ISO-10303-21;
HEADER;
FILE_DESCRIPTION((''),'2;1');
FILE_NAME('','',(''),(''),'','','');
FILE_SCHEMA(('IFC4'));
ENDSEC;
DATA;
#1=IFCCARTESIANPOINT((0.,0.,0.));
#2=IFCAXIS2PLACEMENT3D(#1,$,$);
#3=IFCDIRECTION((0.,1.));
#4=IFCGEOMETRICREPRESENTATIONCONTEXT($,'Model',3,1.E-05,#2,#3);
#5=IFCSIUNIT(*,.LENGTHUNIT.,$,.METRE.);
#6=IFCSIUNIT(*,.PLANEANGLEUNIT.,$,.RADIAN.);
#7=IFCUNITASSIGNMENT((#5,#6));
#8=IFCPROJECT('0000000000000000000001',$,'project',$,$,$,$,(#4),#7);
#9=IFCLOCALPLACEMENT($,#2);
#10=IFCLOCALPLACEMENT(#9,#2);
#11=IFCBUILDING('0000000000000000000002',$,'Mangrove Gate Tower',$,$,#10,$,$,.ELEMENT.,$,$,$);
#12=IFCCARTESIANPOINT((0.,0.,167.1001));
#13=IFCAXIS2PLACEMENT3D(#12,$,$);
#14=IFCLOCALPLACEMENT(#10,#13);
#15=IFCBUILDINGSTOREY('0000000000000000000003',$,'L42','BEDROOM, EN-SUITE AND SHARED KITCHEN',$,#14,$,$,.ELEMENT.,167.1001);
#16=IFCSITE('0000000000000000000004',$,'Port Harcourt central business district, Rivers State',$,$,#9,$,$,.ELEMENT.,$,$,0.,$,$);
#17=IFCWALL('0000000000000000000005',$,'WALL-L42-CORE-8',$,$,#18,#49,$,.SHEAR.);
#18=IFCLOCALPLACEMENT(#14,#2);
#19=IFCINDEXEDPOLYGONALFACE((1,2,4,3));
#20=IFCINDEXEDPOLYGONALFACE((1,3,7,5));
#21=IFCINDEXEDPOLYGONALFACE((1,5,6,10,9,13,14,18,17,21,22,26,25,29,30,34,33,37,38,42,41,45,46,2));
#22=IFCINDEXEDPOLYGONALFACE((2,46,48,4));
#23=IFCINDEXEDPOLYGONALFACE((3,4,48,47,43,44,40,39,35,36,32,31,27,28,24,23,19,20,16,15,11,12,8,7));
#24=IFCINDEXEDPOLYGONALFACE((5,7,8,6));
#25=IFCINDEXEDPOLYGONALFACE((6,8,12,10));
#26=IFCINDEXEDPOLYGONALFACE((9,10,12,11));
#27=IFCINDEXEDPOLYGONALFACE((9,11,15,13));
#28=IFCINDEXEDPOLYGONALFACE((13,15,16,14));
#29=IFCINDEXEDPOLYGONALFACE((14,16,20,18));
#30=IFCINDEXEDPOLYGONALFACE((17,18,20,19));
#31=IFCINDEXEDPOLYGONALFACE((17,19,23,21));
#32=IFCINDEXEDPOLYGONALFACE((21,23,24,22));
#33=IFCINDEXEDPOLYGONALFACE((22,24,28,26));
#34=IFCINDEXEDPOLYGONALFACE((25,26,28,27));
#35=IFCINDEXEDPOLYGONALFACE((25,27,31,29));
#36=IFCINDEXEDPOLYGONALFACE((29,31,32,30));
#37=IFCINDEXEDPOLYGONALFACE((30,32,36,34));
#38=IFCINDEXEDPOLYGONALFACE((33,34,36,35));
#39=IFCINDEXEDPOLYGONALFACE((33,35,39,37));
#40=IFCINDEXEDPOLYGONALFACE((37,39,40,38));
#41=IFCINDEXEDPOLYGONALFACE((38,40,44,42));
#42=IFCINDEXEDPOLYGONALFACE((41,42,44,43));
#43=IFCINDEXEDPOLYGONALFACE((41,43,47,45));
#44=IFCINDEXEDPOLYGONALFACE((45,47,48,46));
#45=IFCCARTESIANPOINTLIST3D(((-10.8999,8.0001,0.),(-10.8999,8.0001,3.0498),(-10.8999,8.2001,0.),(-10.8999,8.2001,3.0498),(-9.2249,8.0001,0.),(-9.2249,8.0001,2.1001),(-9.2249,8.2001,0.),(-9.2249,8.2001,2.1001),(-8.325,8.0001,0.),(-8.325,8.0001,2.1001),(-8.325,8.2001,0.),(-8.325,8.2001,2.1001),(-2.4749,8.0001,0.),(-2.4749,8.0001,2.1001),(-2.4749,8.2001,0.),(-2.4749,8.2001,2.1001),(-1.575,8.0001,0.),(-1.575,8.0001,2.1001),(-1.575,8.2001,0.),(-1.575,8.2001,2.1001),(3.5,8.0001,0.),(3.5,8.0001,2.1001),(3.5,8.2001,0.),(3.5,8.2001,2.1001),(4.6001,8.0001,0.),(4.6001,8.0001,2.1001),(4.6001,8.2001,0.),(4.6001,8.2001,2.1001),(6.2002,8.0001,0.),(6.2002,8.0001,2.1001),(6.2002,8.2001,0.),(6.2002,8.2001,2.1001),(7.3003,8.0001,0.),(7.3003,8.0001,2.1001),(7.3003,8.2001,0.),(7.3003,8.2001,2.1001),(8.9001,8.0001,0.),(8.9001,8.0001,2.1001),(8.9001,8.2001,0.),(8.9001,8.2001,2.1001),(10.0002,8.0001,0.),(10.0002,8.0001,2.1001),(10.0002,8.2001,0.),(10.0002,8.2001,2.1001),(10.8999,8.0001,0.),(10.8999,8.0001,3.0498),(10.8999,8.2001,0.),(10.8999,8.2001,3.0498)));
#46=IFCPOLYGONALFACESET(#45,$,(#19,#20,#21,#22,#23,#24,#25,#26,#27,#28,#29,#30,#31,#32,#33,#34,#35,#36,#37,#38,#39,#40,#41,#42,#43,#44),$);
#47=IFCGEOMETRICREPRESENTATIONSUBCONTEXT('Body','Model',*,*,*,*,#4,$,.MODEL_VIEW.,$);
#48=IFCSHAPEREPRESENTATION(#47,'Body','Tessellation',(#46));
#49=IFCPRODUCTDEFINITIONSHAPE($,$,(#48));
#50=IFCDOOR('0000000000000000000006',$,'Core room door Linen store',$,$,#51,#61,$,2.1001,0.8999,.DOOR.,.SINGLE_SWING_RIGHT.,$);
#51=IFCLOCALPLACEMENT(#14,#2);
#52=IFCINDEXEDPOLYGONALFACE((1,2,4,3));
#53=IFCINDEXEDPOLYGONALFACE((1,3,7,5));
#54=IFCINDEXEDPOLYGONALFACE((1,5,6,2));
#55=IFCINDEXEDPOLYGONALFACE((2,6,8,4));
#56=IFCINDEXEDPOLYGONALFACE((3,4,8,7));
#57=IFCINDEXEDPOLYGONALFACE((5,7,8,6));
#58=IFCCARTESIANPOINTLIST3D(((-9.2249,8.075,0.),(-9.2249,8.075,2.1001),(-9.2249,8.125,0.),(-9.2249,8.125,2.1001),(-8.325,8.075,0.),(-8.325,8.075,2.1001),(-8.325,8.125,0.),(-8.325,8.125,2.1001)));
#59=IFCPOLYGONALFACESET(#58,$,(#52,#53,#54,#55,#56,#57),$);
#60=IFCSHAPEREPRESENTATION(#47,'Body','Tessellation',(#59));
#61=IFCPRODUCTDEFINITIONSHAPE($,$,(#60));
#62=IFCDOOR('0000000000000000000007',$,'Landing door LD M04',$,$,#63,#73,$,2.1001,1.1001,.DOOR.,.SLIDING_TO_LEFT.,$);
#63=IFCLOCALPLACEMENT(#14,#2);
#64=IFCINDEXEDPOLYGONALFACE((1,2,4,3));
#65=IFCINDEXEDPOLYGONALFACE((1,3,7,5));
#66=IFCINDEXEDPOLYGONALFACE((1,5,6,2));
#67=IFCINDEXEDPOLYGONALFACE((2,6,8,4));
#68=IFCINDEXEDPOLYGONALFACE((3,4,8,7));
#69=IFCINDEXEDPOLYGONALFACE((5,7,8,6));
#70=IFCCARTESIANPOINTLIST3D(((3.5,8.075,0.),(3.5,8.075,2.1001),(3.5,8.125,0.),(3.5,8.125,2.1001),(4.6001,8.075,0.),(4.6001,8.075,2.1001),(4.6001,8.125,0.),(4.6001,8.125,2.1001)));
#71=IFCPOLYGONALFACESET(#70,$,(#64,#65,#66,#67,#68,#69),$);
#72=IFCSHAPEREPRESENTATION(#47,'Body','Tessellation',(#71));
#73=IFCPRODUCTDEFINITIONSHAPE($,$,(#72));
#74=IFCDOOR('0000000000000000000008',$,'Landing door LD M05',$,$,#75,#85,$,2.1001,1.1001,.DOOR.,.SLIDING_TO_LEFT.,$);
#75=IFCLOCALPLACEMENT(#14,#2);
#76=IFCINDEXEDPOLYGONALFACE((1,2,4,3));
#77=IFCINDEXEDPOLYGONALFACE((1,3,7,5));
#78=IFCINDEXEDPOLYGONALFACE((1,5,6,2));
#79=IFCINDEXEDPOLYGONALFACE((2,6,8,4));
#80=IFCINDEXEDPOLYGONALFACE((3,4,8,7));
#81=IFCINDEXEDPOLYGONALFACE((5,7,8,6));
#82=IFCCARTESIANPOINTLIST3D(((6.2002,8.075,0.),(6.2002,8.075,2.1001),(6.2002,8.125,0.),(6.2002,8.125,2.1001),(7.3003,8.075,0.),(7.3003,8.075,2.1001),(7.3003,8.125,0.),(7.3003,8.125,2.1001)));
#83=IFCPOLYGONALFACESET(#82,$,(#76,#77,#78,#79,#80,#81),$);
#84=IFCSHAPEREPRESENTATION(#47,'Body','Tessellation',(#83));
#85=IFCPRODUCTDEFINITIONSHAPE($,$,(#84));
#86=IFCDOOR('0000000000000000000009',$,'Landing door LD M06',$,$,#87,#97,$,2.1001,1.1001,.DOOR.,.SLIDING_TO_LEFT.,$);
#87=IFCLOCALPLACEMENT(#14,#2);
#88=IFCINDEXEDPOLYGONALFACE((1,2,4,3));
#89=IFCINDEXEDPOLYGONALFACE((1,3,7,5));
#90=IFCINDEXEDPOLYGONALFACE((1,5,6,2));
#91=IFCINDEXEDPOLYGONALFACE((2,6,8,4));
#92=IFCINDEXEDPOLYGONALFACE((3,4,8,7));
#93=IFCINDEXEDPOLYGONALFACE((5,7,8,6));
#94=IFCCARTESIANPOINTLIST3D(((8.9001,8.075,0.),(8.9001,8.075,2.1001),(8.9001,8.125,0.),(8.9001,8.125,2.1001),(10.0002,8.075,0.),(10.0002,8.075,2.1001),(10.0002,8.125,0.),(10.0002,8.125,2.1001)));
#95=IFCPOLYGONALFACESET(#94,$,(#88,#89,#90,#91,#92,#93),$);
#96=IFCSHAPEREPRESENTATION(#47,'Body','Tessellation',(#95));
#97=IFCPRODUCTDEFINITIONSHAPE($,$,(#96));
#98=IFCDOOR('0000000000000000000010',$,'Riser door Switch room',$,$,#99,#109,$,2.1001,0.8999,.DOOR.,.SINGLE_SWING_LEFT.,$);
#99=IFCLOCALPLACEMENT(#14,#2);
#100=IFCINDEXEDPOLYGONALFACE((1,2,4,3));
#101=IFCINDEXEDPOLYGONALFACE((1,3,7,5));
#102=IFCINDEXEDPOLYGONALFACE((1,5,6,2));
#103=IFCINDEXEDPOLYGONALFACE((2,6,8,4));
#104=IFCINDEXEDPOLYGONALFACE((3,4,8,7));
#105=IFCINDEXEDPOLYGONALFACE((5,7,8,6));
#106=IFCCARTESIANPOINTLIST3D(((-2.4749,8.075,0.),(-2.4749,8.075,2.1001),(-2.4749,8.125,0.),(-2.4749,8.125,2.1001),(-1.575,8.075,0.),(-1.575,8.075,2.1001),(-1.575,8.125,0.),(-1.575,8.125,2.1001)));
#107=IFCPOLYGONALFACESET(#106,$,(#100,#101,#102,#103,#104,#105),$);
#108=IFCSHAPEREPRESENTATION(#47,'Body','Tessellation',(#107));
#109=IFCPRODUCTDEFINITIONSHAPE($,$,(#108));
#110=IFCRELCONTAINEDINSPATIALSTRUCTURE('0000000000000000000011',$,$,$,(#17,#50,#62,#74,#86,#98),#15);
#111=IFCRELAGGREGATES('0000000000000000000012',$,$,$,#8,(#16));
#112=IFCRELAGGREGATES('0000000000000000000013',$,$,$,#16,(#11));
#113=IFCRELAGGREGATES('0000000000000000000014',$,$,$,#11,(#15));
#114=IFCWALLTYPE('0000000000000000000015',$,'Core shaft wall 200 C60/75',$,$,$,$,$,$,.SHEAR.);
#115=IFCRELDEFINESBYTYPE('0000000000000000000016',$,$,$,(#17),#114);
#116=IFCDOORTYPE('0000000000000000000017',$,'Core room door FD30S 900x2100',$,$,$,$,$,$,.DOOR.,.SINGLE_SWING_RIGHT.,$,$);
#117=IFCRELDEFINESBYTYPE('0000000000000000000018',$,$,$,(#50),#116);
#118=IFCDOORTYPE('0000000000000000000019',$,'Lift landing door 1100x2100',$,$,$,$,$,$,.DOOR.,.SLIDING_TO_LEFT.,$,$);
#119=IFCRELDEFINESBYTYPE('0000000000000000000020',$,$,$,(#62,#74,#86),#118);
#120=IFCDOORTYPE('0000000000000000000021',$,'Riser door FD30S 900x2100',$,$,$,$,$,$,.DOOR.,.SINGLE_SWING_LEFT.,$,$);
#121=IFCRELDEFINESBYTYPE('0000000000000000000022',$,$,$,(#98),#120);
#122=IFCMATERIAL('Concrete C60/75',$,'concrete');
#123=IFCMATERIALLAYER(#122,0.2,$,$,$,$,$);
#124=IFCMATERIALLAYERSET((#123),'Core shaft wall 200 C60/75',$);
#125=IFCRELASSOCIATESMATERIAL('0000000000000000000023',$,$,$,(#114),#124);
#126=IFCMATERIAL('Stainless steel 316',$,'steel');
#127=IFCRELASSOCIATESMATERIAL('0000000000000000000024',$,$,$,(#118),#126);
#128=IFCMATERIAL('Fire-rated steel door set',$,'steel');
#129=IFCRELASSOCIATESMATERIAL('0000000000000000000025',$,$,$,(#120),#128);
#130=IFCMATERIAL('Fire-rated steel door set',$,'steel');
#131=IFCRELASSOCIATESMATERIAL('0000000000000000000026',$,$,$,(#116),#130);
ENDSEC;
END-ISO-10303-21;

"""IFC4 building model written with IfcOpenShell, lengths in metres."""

from ifc_helpers import new_model, si_unit, direction, frame, frame_2d, origin, place, context, subcontext, project, spatial, rectangle, extrude, material, layer, layer_set, type_object, element, fill, save


model = new_model("IFC4")

# Units and contexts
model_context = context("Model", 3, precision=1e-05, world=origin(), true_north=direction((0.0, 1.0)))
body_context = subcontext(model_context, "Body", "Model", "MODEL_VIEW")
ifc_project = project(units=[si_unit("LENGTHUNIT", "METRE"), si_unit("PLANEANGLEUNIT", "RADIAN")], contexts=[model_context])

# Site, building, storey
site_placement = place(None, origin())
site = spatial("IfcSite", under=ifc_project, at=site_placement, Name="Port Harcourt central business district, Rivers State", CompositionType="ELEMENT", RefElevation=0.0)
building_placement = place(site_placement, origin())
building = spatial("IfcBuilding", under=site, at=building_placement, Name="Mangrove Gate Tower", CompositionType="ELEMENT")
storey_placement = place(building_placement, frame((0.0, 0.0, 167.1001)))
storey = spatial("IfcBuildingStorey", under=building, at=storey_placement, Name="L42", Description="BEDROOM, EN-SUITE AND SHARED KITCHEN", CompositionType="ELEMENT", Elevation=167.1001)

# Shared definitions
ifc_material_1 = material(Name="Concrete C60/75", Category="concrete")
ifc_layer_1 = layer(ifc_material_1, 0.2)
ifc_layer_set_1 = layer_set([ifc_layer_1], Name="Core shaft wall 200 C60/75")
wall_type_1 = type_object("IfcWallType", Name="Core shaft wall 200 C60/75", PredefinedType="SHEAR", material=ifc_layer_set_1)

# Wall, openings, doors
ifc_material_2 = material(Name="Stainless steel 316", Category="steel")
door_type_1 = type_object("IfcDoorType", Name="Lift landing door 1100x2100", OperationType="SLIDING_TO_LEFT", PredefinedType="DOOR", material=ifc_material_2)
ifc_material_3 = material(Name="Fire-rated steel door set", Category="steel")
door_type_2 = type_object("IfcDoorType", Name="Riser door FD30S 900x2100", OperationType="SINGLE_SWING_LEFT", PredefinedType="DOOR", material=ifc_material_3)
wall_1_placement = place(storey_placement, frame((-10.8999, 8.1001, 0.0), z_axis=(0.0, 0.0, 1.0), x_axis=(1.0, 0.0, 0.0)))
wall_1 = element("IfcWall", 1, at=wall_1_placement, inside=storey, type_object=wall_type_1, Name="WALL-L42-CORE-8", PredefinedType="SHEAR", context=body_context, shape_type="SweptSolid", body=[
    extrude(rectangle(XDim=21.7998, YDim=0.2, at=frame_2d((10.8999, 0.0))), origin(), (0.0, 0.0, 1.0), 3.0498),
])
opening_1_placement = place(wall_1_placement, frame((14.3999, 0.0, 0.0)))
opening_1 = element("IfcOpeningElement", 2, at=opening_1_placement, cuts=wall_1, PredefinedType="OPENING", context=body_context, shape_type="SweptSolid", body=[
    extrude(rectangle(XDim=1.1001, YDim=2.1001, at=frame_2d((0.55, 1.05))), frame((0.0, 0.1099, 0.0), z_axis=(0.0, -1.0, 0.0), x_axis=(1.0, 0.0, 0.0)), (0.0, 0.0, 1.0), 0.22),
])
opening_2_placement = place(wall_1_placement, frame((17.1001, 0.0, 0.0)))
opening_2 = element("IfcOpeningElement", 3, at=opening_2_placement, cuts=wall_1, PredefinedType="OPENING", context=body_context, shape_type="SweptSolid", body=[
    extrude(rectangle(XDim=1.1001, YDim=2.1001, at=frame_2d((0.55, 1.05))), frame((0.0, 0.1099, 0.0), z_axis=(0.0, -1.0, 0.0), x_axis=(1.0, 0.0, 0.0)), (0.0, 0.0, 1.0), 0.22),
])
opening_3_placement = place(wall_1_placement, frame((19.8, 0.0, 0.0)))
opening_3 = element("IfcOpeningElement", 4, at=opening_3_placement, cuts=wall_1, PredefinedType="OPENING", context=body_context, shape_type="SweptSolid", body=[
    extrude(rectangle(XDim=1.1001, YDim=2.1001, at=frame_2d((0.55, 1.05))), frame((0.0, 0.1099, 0.0), z_axis=(0.0, -1.0, 0.0), x_axis=(1.0, 0.0, 0.0)), (0.0, 0.0, 1.0), 0.22),
])
opening_4_placement = place(wall_1_placement, frame((1.675, 0.0, 0.0)))
opening_4 = element("IfcOpeningElement", 5, at=opening_4_placement, cuts=wall_1, PredefinedType="OPENING", context=body_context, shape_type="SweptSolid", body=[
    extrude(rectangle(XDim=0.8999, YDim=2.1001, at=frame_2d((0.45, 1.05))), frame((0.0, 0.1099, 0.0), z_axis=(0.0, -1.0, 0.0), x_axis=(1.0, 0.0, 0.0)), (0.0, 0.0, 1.0), 0.22),
])
opening_5_placement = place(wall_1_placement, frame((8.425, 0.0, 0.0)))
opening_5 = element("IfcOpeningElement", 6, at=opening_5_placement, cuts=wall_1, PredefinedType="OPENING", context=body_context, shape_type="SweptSolid", body=[
    extrude(rectangle(XDim=0.8999, YDim=2.1001, at=frame_2d((0.45, 1.05))), frame((0.0, 0.1099, 0.0), z_axis=(0.0, -1.0, 0.0), x_axis=(1.0, 0.0, 0.0)), (0.0, 0.0, 1.0), 0.22),
])
ifc_material_4 = material(Name="Fire-rated steel door set", Category="steel")
door_type_3 = type_object("IfcDoorType", Name="Core room door FD30S 900x2100", OperationType="SINGLE_SWING_RIGHT", PredefinedType="DOOR", material=ifc_material_4)
door_1_placement = place(opening_4_placement, origin())
door_1 = element("IfcDoor", 7, at=door_1_placement, inside=storey, type_object=door_type_3, Name="Core room door Linen store", OperationType="SINGLE_SWING_RIGHT", OverallHeight=2.1001, OverallWidth=0.8999, PredefinedType="DOOR", context=body_context, shape_type="SweptSolid", body=[
    extrude(rectangle(XDim=0.8999, YDim=2.1001, at=frame_2d((0.45, 1.05))), frame((0.0, 0.0249, 0.0), z_axis=(0.0, -1.0, 0.0), x_axis=(1.0, 0.0, 0.0)), (0.0, 0.0, 1.0), 0.05),
])
fill(opening_4, door_1)
door_2_placement = place(opening_1_placement, origin())
door_2 = element("IfcDoor", 8, at=door_2_placement, inside=storey, type_object=door_type_1, Name="Landing door LD M04", OperationType="SLIDING_TO_LEFT", OverallHeight=2.1001, OverallWidth=1.1001, PredefinedType="DOOR", context=body_context, shape_type="SweptSolid", body=[
    extrude(rectangle(XDim=1.1001, YDim=2.1001, at=frame_2d((0.55, 1.05))), frame((0.0, 0.0249, 0.0), z_axis=(0.0, -1.0, 0.0), x_axis=(1.0, 0.0, 0.0)), (0.0, 0.0, 1.0), 0.05),
])
fill(opening_1, door_2)
door_3_placement = place(opening_2_placement, origin())
door_3 = element("IfcDoor", 9, at=door_3_placement, inside=storey, type_object=door_type_1, Name="Landing door LD M05", OperationType="SLIDING_TO_LEFT", OverallHeight=2.1001, OverallWidth=1.1001, PredefinedType="DOOR", context=body_context, shape_type="SweptSolid", body=[
    extrude(rectangle(XDim=1.1001, YDim=2.1001, at=frame_2d((0.55, 1.05))), frame((0.0, 0.0249, 0.0), z_axis=(0.0, -1.0, 0.0), x_axis=(1.0, 0.0, 0.0)), (0.0, 0.0, 1.0), 0.05),
])
fill(opening_2, door_3)
door_4_placement = place(opening_3_placement, origin())
door_4 = element("IfcDoor", 10, at=door_4_placement, inside=storey, type_object=door_type_1, Name="Landing door LD M06", OperationType="SLIDING_TO_LEFT", OverallHeight=2.1001, OverallWidth=1.1001, PredefinedType="DOOR", context=body_context, shape_type="SweptSolid", body=[
    extrude(rectangle(XDim=1.1001, YDim=2.1001, at=frame_2d((0.55, 1.05))), frame((0.0, 0.0249, 0.0), z_axis=(0.0, -1.0, 0.0), x_axis=(1.0, 0.0, 0.0)), (0.0, 0.0, 1.0), 0.05),
])
fill(opening_3, door_4)
door_5_placement = place(opening_5_placement, origin())
door_5 = element("IfcDoor", 11, at=door_5_placement, inside=storey, type_object=door_type_2, Name="Riser door Switch room", OperationType="SINGLE_SWING_LEFT", OverallHeight=2.1001, OverallWidth=0.8999, PredefinedType="DOOR", context=body_context, shape_type="SweptSolid", body=[
    extrude(rectangle(XDim=0.8999, YDim=2.1001, at=frame_2d((0.45, 1.05))), frame((0.0, 0.0249, 0.0), z_axis=(0.0, -1.0, 0.0), x_axis=(1.0, 0.0, 0.0)), (0.0, 0.0, 1.0), 0.05),
])
fill(opening_5, door_5)

save(model, "model.ifc")
